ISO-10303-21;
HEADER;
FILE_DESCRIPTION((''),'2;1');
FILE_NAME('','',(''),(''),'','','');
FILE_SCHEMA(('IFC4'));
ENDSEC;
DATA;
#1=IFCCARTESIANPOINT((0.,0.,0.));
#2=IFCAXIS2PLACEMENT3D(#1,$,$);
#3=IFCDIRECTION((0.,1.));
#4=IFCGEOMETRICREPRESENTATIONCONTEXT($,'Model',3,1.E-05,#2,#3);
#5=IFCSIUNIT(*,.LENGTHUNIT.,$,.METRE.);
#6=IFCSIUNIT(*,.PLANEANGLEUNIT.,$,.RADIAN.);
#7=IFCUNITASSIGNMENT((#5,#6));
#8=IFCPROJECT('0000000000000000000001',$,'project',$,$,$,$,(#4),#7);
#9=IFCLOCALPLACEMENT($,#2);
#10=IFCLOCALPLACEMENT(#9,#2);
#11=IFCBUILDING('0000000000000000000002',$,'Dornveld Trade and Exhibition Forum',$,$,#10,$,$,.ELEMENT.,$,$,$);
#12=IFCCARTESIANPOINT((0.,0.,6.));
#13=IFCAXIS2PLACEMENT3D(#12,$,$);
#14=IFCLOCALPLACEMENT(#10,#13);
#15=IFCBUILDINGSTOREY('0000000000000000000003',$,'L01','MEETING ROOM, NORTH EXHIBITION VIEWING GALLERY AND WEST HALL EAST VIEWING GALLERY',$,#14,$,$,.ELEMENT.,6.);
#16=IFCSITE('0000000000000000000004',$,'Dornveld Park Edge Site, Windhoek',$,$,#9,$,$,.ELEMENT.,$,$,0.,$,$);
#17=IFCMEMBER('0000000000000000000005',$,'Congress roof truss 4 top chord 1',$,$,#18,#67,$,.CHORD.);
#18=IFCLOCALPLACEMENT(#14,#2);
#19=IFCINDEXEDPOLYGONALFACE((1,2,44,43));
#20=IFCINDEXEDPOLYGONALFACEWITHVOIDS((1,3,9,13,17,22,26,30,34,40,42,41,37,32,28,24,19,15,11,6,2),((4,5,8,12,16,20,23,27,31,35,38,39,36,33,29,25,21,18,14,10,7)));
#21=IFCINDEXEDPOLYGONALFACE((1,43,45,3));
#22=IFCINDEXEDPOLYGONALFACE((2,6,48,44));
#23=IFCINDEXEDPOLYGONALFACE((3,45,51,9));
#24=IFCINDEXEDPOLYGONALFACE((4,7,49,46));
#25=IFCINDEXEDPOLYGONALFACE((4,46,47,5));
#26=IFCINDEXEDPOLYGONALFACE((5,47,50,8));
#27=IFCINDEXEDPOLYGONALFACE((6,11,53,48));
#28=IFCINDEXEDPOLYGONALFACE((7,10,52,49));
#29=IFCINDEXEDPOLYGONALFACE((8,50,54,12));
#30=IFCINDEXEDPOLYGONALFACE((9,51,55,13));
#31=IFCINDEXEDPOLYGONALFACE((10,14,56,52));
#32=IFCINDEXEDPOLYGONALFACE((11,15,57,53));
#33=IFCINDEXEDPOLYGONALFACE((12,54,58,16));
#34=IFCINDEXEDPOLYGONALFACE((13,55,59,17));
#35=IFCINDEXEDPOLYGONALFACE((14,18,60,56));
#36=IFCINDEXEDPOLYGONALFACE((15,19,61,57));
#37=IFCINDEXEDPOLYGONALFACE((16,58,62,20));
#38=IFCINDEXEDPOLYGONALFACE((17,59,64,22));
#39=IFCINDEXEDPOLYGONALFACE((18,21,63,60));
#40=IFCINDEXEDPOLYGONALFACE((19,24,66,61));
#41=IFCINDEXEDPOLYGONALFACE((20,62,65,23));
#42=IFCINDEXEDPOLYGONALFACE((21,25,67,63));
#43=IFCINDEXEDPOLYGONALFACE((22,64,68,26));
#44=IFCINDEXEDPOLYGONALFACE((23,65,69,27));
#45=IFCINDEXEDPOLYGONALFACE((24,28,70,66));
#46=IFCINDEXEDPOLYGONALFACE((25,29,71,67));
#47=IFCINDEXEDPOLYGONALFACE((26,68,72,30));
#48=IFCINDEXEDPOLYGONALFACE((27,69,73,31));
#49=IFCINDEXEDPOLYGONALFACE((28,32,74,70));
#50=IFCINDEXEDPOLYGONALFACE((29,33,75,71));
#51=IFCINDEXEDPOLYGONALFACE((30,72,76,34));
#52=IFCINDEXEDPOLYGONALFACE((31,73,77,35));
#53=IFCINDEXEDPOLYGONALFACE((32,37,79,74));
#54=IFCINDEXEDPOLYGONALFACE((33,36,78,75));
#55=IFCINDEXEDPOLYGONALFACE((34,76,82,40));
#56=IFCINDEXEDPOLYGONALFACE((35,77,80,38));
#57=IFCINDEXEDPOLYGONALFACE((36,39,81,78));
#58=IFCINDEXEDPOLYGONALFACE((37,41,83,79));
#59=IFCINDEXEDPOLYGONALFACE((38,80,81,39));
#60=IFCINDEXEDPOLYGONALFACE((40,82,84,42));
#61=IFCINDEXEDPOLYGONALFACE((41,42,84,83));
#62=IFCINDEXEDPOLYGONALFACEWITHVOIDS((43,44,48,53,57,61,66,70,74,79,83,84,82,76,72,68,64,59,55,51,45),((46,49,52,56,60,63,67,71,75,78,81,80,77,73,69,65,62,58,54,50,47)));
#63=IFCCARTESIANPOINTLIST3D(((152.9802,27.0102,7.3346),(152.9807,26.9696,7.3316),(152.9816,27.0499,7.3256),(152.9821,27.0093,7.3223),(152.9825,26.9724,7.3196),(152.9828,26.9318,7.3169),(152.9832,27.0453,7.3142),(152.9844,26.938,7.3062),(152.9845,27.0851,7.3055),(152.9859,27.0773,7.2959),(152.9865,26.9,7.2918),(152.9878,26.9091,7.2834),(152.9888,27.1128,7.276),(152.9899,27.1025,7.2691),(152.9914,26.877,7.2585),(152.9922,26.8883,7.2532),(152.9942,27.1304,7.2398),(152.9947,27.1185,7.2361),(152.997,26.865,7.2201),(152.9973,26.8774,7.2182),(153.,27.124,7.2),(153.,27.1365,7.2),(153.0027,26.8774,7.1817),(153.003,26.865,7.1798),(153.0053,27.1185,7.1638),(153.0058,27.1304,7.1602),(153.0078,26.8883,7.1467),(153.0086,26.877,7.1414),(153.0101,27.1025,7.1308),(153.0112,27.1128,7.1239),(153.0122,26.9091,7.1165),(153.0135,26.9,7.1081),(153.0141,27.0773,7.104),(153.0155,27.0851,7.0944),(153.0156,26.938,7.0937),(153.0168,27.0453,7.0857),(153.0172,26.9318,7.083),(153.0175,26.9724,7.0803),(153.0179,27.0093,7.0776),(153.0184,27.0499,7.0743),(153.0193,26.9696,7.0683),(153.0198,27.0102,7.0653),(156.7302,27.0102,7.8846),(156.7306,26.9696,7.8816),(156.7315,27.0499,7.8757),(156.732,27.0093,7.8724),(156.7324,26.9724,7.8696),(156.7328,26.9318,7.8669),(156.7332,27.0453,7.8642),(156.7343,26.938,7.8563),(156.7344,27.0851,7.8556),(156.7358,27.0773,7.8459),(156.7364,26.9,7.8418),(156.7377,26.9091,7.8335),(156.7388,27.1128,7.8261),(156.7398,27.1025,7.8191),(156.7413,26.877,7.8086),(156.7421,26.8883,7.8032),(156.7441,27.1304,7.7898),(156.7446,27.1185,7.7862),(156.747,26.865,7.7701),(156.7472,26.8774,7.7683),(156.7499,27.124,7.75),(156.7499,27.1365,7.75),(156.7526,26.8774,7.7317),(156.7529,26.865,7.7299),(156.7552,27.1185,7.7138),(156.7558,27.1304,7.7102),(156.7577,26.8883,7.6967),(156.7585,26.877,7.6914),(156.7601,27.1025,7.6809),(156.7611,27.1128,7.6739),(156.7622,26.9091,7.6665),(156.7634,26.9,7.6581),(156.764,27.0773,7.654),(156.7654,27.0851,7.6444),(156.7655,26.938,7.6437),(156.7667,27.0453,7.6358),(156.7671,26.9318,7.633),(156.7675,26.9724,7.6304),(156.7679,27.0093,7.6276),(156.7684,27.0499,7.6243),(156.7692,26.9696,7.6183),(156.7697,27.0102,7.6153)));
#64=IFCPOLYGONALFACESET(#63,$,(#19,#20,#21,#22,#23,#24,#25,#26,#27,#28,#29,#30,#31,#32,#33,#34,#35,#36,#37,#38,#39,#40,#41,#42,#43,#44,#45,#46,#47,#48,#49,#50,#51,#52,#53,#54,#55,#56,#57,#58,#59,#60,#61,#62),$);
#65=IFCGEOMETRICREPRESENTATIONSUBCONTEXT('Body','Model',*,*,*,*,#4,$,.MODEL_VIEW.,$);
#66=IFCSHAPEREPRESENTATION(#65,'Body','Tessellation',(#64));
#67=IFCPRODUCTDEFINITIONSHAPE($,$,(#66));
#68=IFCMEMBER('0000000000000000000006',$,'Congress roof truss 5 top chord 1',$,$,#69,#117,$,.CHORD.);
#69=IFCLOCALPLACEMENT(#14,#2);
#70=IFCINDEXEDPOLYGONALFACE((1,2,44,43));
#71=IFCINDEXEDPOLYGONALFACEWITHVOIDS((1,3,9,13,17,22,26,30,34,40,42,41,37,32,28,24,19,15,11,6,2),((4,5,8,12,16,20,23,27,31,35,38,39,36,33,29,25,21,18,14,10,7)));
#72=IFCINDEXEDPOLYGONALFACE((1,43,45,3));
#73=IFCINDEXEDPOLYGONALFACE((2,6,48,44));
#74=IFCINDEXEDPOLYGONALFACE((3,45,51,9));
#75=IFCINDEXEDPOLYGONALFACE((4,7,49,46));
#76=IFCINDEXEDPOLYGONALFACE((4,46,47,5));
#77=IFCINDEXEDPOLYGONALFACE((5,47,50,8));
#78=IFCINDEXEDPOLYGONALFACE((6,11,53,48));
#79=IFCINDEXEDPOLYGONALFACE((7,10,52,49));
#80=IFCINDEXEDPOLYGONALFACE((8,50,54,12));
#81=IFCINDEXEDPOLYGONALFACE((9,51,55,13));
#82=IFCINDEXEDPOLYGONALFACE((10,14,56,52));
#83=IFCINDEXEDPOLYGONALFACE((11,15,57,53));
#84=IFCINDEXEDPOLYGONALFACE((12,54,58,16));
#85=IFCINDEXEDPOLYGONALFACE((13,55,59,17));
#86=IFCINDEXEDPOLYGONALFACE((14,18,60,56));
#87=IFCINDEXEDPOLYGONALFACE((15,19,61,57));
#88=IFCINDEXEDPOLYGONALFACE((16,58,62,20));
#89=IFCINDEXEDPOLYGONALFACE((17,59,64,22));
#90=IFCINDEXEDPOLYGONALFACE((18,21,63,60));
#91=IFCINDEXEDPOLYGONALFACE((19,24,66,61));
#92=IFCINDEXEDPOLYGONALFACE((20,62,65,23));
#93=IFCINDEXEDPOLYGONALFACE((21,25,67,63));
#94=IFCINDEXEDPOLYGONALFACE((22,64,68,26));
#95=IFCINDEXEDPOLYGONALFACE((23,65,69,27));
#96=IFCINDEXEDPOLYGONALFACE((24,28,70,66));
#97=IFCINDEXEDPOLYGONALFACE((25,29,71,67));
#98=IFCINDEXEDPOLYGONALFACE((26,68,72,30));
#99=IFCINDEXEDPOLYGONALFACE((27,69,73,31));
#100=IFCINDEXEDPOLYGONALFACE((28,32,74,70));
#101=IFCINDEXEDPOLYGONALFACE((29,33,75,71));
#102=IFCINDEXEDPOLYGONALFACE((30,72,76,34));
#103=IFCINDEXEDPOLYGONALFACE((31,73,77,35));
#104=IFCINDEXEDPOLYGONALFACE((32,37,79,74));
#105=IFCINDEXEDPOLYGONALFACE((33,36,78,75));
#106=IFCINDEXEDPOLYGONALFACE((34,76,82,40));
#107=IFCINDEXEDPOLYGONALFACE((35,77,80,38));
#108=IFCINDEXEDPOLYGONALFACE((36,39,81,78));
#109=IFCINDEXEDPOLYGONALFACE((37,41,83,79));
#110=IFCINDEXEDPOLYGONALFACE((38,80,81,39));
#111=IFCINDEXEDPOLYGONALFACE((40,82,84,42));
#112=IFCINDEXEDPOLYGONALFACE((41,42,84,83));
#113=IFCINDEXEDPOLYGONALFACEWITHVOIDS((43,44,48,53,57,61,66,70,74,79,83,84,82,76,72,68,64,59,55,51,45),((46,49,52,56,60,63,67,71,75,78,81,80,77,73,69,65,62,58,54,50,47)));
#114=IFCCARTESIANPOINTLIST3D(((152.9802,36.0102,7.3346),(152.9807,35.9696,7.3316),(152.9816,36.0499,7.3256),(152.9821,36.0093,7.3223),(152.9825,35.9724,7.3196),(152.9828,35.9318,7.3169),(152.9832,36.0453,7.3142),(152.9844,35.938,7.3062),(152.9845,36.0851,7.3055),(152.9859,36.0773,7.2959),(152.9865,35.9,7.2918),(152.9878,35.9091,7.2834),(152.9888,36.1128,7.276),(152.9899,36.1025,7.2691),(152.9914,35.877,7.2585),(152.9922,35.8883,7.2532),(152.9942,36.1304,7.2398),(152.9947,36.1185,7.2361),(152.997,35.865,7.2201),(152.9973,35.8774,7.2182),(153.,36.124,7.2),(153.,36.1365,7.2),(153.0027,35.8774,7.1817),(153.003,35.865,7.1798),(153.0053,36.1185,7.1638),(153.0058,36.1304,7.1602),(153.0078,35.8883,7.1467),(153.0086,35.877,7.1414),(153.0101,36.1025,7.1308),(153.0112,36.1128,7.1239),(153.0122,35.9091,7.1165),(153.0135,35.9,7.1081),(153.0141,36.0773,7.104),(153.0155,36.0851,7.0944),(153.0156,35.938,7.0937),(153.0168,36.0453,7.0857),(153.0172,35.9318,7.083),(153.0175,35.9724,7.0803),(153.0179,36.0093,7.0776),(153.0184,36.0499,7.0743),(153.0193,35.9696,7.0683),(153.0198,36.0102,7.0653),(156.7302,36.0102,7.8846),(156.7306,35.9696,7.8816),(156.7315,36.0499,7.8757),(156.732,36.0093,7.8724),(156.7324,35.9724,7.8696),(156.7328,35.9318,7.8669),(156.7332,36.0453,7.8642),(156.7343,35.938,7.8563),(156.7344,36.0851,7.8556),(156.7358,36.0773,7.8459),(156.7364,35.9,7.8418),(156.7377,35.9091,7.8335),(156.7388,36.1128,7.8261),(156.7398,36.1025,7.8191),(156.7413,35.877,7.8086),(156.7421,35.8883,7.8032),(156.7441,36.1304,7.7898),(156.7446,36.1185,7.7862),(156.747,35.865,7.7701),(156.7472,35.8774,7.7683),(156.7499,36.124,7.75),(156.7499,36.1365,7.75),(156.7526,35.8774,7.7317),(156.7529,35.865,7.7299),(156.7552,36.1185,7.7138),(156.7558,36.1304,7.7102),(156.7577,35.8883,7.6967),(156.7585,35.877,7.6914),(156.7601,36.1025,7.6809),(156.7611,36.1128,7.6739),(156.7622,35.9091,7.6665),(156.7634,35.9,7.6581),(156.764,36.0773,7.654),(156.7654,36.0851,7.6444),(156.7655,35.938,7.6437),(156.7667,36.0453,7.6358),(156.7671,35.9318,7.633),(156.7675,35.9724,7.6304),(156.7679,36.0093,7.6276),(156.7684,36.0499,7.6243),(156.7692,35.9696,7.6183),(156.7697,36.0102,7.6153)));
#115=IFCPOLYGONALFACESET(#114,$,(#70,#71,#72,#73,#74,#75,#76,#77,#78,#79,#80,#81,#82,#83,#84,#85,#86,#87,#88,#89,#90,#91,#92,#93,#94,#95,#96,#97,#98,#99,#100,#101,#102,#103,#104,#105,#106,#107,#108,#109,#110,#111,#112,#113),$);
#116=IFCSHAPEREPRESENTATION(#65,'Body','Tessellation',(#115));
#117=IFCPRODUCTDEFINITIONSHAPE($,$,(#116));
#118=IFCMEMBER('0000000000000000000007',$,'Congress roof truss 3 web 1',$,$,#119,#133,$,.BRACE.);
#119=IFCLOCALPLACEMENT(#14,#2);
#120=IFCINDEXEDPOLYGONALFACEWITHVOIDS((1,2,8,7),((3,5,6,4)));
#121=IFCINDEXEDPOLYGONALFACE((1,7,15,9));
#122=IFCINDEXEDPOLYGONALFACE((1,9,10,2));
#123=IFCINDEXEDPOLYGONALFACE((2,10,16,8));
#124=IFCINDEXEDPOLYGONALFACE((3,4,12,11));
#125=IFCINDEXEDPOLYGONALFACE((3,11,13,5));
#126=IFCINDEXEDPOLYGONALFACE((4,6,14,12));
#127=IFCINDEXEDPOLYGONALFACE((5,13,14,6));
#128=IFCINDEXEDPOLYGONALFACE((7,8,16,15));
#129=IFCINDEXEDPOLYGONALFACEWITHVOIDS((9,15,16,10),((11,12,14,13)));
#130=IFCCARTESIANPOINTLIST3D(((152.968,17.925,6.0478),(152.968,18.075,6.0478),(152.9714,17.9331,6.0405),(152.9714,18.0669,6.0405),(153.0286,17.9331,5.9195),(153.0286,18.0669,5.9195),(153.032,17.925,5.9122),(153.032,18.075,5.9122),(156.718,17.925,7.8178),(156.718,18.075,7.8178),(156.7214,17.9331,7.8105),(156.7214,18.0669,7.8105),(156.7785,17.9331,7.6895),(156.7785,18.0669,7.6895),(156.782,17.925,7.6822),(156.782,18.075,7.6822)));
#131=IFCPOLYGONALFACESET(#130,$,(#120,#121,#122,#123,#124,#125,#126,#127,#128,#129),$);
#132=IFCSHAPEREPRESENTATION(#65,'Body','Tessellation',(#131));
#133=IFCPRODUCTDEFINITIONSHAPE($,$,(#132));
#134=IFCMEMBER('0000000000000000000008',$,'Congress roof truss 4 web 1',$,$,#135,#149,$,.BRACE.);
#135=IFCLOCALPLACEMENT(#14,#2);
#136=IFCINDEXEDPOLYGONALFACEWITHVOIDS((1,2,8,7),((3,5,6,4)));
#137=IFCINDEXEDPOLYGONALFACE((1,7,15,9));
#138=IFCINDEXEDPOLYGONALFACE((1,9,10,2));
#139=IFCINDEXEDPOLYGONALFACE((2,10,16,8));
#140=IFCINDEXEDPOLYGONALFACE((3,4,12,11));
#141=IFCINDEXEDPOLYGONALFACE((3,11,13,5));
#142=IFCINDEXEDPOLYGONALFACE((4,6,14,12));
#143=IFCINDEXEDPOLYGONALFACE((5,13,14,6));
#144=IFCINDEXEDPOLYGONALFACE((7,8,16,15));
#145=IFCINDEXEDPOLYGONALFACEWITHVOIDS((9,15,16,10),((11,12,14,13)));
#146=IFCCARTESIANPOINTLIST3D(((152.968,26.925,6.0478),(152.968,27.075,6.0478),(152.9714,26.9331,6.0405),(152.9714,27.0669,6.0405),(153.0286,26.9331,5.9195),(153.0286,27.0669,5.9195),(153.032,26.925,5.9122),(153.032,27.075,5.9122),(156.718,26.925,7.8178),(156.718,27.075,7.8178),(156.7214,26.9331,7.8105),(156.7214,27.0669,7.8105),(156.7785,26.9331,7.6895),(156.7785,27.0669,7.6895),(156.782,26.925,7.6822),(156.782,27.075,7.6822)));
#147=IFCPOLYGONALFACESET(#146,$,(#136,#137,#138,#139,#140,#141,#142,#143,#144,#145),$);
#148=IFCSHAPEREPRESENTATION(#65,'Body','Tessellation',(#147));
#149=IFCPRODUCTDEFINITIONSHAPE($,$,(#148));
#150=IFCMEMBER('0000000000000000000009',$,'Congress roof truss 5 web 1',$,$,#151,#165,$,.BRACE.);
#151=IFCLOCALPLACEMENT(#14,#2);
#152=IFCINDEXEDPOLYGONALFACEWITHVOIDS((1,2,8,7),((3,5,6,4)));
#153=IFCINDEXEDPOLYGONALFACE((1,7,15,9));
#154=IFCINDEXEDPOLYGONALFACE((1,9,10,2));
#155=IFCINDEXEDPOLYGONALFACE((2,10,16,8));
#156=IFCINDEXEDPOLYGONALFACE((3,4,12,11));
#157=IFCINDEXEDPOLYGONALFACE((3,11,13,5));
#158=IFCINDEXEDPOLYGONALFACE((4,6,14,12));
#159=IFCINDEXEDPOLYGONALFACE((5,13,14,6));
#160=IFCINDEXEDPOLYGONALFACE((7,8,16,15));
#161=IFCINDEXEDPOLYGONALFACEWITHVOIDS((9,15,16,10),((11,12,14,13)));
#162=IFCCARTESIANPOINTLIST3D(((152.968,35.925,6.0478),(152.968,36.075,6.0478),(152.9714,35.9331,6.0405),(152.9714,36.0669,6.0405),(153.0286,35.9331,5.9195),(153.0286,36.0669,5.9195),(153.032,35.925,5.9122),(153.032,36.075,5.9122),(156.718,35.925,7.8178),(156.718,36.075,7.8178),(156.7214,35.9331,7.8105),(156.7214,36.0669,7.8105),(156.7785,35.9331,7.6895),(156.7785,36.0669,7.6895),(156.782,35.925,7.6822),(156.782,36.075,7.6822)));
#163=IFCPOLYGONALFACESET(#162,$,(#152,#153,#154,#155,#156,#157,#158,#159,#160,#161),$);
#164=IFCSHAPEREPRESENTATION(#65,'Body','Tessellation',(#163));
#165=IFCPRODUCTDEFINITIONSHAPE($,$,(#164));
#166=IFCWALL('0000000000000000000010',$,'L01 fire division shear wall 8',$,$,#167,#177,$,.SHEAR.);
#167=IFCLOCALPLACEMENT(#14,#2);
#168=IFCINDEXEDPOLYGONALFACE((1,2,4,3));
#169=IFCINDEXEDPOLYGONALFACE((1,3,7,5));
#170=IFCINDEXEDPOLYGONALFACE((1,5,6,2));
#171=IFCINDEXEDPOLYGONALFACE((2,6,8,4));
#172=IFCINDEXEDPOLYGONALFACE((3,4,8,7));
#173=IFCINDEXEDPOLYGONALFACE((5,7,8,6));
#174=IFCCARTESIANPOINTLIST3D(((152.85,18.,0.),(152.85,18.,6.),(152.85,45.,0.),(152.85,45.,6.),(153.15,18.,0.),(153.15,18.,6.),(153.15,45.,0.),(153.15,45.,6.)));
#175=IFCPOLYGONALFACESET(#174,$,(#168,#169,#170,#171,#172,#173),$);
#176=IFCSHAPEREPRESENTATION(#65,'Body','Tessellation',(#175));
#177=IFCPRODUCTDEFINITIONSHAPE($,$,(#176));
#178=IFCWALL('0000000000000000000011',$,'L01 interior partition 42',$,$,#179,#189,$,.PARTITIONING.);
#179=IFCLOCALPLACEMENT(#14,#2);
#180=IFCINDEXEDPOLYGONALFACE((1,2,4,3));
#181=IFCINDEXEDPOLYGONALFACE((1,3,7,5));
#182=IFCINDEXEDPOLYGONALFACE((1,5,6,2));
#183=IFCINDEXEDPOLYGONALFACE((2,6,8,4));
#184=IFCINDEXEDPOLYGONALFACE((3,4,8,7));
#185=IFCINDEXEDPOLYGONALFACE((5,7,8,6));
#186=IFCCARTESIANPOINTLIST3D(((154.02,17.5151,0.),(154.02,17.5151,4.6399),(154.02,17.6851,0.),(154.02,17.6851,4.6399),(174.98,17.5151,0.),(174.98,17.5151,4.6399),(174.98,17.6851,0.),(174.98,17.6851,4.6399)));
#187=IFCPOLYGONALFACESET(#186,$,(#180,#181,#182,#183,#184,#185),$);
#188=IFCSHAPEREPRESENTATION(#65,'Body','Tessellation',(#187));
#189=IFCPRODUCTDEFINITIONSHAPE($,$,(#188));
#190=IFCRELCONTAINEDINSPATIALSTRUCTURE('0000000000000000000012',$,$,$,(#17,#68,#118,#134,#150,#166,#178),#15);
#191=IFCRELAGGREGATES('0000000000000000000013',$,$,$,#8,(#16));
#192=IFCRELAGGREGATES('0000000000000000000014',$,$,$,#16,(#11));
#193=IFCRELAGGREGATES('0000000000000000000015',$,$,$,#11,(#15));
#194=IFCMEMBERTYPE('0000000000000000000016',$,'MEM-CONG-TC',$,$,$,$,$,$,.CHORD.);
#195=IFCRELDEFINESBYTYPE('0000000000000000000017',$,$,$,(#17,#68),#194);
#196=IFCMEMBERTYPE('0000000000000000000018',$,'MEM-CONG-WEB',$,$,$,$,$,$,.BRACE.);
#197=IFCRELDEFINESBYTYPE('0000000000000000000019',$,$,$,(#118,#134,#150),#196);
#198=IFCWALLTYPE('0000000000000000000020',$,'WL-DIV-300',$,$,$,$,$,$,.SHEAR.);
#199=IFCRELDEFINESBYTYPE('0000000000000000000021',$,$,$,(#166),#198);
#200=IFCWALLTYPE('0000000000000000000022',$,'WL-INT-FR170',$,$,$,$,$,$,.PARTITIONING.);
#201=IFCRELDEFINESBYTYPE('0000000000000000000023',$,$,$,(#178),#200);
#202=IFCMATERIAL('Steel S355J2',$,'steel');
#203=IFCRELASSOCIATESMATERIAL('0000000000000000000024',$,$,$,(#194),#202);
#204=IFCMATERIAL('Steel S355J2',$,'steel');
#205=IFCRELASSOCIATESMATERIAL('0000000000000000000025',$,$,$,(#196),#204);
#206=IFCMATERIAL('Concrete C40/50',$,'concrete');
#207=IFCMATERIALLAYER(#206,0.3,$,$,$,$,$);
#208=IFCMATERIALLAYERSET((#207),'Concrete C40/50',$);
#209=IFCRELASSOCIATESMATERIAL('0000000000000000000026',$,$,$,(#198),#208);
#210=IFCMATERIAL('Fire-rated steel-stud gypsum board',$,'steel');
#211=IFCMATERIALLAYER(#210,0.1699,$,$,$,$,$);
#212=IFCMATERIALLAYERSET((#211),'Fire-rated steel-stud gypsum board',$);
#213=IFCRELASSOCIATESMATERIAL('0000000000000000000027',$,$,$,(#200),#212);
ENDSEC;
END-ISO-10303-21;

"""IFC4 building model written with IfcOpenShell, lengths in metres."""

from ifc_helpers import new_model, si_unit, direction, frame, frame_2d, origin, origin_2d, place, context, subcontext, project, spatial, rectangle, hollow_rectangle, hollow_circle, extrude, material, layer, layer_set, material_profile, profile_set, type_object, element, save


model = new_model("IFC4")

# Units and contexts
model_context = context("Model", 3, precision=1e-05, world=origin(), true_north=direction((0.0, 1.0)))
body_context = subcontext(model_context, "Body", "Model", "MODEL_VIEW")
ifc_project = project(units=[si_unit("LENGTHUNIT", "METRE"), si_unit("PLANEANGLEUNIT", "RADIAN")], contexts=[model_context])

# Site, building, storey
site_placement = place(None, origin())
site = spatial("IfcSite", under=ifc_project, at=site_placement, Name="Dornveld Park Edge Site, Windhoek", CompositionType="ELEMENT", RefElevation=0.0)
building_placement = place(site_placement, origin())
building = spatial("IfcBuilding", under=site, at=building_placement, Name="Dornveld Trade and Exhibition Forum", CompositionType="ELEMENT")
storey_placement = place(building_placement, frame((0.0, 0.0, 6.0)))
storey = spatial("IfcBuildingStorey", under=building, at=storey_placement, Name="L01", Description="MEETING ROOM, NORTH EXHIBITION VIEWING GALLERY AND WEST HALL EAST VIEWING GALLERY", CompositionType="ELEMENT", Elevation=6.0)

# Members
ifc_material_1 = material(Name="Steel S355J2", Category="steel")
ifc_material_profile_1 = material_profile(ifc_material_1, hollow_circle(Radius=0.1365, WallThickness=0.0125, at=origin_2d()), Name="CHS 273x12.5")
ifc_profile_set_1 = profile_set([ifc_material_profile_1], Name="Steel S355J2")
member_type_1 = type_object("IfcMemberType", Name="MEM-CONG-TC", PredefinedType="CHORD", material=ifc_profile_set_1)
for number, where, z_axis, x_axis, name in (
    (1, (153.0, 27.0, 7.2), (0.989413, 0.0, 0.145127), (0.0, 1.0, 0.0), "Congress roof truss 4 top chord 1"),
    (2, (153.0, 36.0, 7.2), (0.989413, 0.0, 0.145127), (0.0, 1.0, 0.0), "Congress roof truss 5 top chord 1"),
):
    element("IfcMember", number, at=place(storey_placement, frame(where, z_axis=z_axis, x_axis=x_axis)), inside=storey, type_object=member_type_1, Name=name, PredefinedType="CHORD", context=body_context, shape_type="SweptSolid", body=[
        extrude(hollow_circle(Radius=0.1365, WallThickness=0.0125, at=origin_2d()), origin(), (0.0, 0.0, 1.0), 3.79),
    ])
ifc_material_2 = material(Name="Steel S355J2", Category="steel")
ifc_material_profile_2 = material_profile(ifc_material_2, hollow_rectangle(XDim=0.1499, YDim=0.1499, WallThickness=0.0081, at=origin_2d()), Name="SHS 150x150x8")
ifc_profile_set_2 = profile_set([ifc_material_profile_2], Name="Steel S355J2")
member_type_2 = type_object("IfcMemberType", Name="MEM-CONG-WEB", PredefinedType="BRACE", material=ifc_profile_set_2)
for number, where, z_axis, x_axis, name in (
    (3, (153.0, 18.0, 5.98), (0.904324, 0.0, 0.426846), (0.0, 1.0, 0.0), "Congress roof truss 3 web 1"),
    (4, (153.0, 27.0, 5.98), (0.904324, 0.0, 0.426846), (0.0, 1.0, 0.0), "Congress roof truss 4 web 1"),
    (5, (153.0, 36.0, 5.98), (0.904324, 0.0, 0.426846), (0.0, 1.0, 0.0), "Congress roof truss 5 web 1"),
):
    element("IfcMember", number, at=place(storey_placement, frame(where, z_axis=z_axis, x_axis=x_axis)), inside=storey, type_object=member_type_2, Name=name, PredefinedType="BRACE", context=body_context, shape_type="SweptSolid", body=[
        extrude(hollow_rectangle(XDim=0.1499, YDim=0.1499, WallThickness=0.0081, at=origin_2d()), origin(), (0.0, 0.0, 1.0), 4.1467),
    ])

# Walls
ifc_material_3 = material(Name="Concrete C40/50", Category="concrete")
ifc_layer_1 = layer(ifc_material_3, 0.3)
ifc_layer_set_1 = layer_set([ifc_layer_1], Name="Concrete C40/50")
wall_type_1 = type_object("IfcWallType", Name="WL-DIV-300", PredefinedType="SHEAR", material=ifc_layer_set_1)
wall_1_placement = place(storey_placement, frame((153.0, 18.0, 0.0), z_axis=(0.0, 0.0, 1.0), x_axis=(0.0, 1.0, 0.0)))
element("IfcWall", 6, at=wall_1_placement, inside=storey, type_object=wall_type_1, Name="L01 fire division shear wall 8", PredefinedType="SHEAR", context=body_context, shape_type="SweptSolid", body=[
    extrude(rectangle(XDim=27.0, YDim=0.3, at=frame_2d((13.5, 0.0))), origin(), (0.0, 0.0, 1.0), 6.0),
])
ifc_material_4 = material(Name="Fire-rated steel-stud gypsum board", Category="steel")
ifc_layer_2 = layer(ifc_material_4, 0.1699)
ifc_layer_set_2 = layer_set([ifc_layer_2], Name="Fire-rated steel-stud gypsum board")
wall_type_2 = type_object("IfcWallType", Name="WL-INT-FR170", PredefinedType="PARTITIONING", material=ifc_layer_set_2)
wall_2_placement = place(storey_placement, frame((154.02, 17.6001, 0.0), z_axis=(0.0, 0.0, 1.0), x_axis=(1.0, 0.0, 0.0)))
element("IfcWall", 7, at=wall_2_placement, inside=storey, type_object=wall_type_2, Name="L01 interior partition 42", PredefinedType="PARTITIONING", context=body_context, shape_type="SweptSolid", body=[
    extrude(rectangle(XDim=20.96, YDim=0.1699, at=frame_2d((10.48, 0.0))), origin(), (0.0, 0.0, 1.0), 4.6399),
])

save(model, "model.ifc")
